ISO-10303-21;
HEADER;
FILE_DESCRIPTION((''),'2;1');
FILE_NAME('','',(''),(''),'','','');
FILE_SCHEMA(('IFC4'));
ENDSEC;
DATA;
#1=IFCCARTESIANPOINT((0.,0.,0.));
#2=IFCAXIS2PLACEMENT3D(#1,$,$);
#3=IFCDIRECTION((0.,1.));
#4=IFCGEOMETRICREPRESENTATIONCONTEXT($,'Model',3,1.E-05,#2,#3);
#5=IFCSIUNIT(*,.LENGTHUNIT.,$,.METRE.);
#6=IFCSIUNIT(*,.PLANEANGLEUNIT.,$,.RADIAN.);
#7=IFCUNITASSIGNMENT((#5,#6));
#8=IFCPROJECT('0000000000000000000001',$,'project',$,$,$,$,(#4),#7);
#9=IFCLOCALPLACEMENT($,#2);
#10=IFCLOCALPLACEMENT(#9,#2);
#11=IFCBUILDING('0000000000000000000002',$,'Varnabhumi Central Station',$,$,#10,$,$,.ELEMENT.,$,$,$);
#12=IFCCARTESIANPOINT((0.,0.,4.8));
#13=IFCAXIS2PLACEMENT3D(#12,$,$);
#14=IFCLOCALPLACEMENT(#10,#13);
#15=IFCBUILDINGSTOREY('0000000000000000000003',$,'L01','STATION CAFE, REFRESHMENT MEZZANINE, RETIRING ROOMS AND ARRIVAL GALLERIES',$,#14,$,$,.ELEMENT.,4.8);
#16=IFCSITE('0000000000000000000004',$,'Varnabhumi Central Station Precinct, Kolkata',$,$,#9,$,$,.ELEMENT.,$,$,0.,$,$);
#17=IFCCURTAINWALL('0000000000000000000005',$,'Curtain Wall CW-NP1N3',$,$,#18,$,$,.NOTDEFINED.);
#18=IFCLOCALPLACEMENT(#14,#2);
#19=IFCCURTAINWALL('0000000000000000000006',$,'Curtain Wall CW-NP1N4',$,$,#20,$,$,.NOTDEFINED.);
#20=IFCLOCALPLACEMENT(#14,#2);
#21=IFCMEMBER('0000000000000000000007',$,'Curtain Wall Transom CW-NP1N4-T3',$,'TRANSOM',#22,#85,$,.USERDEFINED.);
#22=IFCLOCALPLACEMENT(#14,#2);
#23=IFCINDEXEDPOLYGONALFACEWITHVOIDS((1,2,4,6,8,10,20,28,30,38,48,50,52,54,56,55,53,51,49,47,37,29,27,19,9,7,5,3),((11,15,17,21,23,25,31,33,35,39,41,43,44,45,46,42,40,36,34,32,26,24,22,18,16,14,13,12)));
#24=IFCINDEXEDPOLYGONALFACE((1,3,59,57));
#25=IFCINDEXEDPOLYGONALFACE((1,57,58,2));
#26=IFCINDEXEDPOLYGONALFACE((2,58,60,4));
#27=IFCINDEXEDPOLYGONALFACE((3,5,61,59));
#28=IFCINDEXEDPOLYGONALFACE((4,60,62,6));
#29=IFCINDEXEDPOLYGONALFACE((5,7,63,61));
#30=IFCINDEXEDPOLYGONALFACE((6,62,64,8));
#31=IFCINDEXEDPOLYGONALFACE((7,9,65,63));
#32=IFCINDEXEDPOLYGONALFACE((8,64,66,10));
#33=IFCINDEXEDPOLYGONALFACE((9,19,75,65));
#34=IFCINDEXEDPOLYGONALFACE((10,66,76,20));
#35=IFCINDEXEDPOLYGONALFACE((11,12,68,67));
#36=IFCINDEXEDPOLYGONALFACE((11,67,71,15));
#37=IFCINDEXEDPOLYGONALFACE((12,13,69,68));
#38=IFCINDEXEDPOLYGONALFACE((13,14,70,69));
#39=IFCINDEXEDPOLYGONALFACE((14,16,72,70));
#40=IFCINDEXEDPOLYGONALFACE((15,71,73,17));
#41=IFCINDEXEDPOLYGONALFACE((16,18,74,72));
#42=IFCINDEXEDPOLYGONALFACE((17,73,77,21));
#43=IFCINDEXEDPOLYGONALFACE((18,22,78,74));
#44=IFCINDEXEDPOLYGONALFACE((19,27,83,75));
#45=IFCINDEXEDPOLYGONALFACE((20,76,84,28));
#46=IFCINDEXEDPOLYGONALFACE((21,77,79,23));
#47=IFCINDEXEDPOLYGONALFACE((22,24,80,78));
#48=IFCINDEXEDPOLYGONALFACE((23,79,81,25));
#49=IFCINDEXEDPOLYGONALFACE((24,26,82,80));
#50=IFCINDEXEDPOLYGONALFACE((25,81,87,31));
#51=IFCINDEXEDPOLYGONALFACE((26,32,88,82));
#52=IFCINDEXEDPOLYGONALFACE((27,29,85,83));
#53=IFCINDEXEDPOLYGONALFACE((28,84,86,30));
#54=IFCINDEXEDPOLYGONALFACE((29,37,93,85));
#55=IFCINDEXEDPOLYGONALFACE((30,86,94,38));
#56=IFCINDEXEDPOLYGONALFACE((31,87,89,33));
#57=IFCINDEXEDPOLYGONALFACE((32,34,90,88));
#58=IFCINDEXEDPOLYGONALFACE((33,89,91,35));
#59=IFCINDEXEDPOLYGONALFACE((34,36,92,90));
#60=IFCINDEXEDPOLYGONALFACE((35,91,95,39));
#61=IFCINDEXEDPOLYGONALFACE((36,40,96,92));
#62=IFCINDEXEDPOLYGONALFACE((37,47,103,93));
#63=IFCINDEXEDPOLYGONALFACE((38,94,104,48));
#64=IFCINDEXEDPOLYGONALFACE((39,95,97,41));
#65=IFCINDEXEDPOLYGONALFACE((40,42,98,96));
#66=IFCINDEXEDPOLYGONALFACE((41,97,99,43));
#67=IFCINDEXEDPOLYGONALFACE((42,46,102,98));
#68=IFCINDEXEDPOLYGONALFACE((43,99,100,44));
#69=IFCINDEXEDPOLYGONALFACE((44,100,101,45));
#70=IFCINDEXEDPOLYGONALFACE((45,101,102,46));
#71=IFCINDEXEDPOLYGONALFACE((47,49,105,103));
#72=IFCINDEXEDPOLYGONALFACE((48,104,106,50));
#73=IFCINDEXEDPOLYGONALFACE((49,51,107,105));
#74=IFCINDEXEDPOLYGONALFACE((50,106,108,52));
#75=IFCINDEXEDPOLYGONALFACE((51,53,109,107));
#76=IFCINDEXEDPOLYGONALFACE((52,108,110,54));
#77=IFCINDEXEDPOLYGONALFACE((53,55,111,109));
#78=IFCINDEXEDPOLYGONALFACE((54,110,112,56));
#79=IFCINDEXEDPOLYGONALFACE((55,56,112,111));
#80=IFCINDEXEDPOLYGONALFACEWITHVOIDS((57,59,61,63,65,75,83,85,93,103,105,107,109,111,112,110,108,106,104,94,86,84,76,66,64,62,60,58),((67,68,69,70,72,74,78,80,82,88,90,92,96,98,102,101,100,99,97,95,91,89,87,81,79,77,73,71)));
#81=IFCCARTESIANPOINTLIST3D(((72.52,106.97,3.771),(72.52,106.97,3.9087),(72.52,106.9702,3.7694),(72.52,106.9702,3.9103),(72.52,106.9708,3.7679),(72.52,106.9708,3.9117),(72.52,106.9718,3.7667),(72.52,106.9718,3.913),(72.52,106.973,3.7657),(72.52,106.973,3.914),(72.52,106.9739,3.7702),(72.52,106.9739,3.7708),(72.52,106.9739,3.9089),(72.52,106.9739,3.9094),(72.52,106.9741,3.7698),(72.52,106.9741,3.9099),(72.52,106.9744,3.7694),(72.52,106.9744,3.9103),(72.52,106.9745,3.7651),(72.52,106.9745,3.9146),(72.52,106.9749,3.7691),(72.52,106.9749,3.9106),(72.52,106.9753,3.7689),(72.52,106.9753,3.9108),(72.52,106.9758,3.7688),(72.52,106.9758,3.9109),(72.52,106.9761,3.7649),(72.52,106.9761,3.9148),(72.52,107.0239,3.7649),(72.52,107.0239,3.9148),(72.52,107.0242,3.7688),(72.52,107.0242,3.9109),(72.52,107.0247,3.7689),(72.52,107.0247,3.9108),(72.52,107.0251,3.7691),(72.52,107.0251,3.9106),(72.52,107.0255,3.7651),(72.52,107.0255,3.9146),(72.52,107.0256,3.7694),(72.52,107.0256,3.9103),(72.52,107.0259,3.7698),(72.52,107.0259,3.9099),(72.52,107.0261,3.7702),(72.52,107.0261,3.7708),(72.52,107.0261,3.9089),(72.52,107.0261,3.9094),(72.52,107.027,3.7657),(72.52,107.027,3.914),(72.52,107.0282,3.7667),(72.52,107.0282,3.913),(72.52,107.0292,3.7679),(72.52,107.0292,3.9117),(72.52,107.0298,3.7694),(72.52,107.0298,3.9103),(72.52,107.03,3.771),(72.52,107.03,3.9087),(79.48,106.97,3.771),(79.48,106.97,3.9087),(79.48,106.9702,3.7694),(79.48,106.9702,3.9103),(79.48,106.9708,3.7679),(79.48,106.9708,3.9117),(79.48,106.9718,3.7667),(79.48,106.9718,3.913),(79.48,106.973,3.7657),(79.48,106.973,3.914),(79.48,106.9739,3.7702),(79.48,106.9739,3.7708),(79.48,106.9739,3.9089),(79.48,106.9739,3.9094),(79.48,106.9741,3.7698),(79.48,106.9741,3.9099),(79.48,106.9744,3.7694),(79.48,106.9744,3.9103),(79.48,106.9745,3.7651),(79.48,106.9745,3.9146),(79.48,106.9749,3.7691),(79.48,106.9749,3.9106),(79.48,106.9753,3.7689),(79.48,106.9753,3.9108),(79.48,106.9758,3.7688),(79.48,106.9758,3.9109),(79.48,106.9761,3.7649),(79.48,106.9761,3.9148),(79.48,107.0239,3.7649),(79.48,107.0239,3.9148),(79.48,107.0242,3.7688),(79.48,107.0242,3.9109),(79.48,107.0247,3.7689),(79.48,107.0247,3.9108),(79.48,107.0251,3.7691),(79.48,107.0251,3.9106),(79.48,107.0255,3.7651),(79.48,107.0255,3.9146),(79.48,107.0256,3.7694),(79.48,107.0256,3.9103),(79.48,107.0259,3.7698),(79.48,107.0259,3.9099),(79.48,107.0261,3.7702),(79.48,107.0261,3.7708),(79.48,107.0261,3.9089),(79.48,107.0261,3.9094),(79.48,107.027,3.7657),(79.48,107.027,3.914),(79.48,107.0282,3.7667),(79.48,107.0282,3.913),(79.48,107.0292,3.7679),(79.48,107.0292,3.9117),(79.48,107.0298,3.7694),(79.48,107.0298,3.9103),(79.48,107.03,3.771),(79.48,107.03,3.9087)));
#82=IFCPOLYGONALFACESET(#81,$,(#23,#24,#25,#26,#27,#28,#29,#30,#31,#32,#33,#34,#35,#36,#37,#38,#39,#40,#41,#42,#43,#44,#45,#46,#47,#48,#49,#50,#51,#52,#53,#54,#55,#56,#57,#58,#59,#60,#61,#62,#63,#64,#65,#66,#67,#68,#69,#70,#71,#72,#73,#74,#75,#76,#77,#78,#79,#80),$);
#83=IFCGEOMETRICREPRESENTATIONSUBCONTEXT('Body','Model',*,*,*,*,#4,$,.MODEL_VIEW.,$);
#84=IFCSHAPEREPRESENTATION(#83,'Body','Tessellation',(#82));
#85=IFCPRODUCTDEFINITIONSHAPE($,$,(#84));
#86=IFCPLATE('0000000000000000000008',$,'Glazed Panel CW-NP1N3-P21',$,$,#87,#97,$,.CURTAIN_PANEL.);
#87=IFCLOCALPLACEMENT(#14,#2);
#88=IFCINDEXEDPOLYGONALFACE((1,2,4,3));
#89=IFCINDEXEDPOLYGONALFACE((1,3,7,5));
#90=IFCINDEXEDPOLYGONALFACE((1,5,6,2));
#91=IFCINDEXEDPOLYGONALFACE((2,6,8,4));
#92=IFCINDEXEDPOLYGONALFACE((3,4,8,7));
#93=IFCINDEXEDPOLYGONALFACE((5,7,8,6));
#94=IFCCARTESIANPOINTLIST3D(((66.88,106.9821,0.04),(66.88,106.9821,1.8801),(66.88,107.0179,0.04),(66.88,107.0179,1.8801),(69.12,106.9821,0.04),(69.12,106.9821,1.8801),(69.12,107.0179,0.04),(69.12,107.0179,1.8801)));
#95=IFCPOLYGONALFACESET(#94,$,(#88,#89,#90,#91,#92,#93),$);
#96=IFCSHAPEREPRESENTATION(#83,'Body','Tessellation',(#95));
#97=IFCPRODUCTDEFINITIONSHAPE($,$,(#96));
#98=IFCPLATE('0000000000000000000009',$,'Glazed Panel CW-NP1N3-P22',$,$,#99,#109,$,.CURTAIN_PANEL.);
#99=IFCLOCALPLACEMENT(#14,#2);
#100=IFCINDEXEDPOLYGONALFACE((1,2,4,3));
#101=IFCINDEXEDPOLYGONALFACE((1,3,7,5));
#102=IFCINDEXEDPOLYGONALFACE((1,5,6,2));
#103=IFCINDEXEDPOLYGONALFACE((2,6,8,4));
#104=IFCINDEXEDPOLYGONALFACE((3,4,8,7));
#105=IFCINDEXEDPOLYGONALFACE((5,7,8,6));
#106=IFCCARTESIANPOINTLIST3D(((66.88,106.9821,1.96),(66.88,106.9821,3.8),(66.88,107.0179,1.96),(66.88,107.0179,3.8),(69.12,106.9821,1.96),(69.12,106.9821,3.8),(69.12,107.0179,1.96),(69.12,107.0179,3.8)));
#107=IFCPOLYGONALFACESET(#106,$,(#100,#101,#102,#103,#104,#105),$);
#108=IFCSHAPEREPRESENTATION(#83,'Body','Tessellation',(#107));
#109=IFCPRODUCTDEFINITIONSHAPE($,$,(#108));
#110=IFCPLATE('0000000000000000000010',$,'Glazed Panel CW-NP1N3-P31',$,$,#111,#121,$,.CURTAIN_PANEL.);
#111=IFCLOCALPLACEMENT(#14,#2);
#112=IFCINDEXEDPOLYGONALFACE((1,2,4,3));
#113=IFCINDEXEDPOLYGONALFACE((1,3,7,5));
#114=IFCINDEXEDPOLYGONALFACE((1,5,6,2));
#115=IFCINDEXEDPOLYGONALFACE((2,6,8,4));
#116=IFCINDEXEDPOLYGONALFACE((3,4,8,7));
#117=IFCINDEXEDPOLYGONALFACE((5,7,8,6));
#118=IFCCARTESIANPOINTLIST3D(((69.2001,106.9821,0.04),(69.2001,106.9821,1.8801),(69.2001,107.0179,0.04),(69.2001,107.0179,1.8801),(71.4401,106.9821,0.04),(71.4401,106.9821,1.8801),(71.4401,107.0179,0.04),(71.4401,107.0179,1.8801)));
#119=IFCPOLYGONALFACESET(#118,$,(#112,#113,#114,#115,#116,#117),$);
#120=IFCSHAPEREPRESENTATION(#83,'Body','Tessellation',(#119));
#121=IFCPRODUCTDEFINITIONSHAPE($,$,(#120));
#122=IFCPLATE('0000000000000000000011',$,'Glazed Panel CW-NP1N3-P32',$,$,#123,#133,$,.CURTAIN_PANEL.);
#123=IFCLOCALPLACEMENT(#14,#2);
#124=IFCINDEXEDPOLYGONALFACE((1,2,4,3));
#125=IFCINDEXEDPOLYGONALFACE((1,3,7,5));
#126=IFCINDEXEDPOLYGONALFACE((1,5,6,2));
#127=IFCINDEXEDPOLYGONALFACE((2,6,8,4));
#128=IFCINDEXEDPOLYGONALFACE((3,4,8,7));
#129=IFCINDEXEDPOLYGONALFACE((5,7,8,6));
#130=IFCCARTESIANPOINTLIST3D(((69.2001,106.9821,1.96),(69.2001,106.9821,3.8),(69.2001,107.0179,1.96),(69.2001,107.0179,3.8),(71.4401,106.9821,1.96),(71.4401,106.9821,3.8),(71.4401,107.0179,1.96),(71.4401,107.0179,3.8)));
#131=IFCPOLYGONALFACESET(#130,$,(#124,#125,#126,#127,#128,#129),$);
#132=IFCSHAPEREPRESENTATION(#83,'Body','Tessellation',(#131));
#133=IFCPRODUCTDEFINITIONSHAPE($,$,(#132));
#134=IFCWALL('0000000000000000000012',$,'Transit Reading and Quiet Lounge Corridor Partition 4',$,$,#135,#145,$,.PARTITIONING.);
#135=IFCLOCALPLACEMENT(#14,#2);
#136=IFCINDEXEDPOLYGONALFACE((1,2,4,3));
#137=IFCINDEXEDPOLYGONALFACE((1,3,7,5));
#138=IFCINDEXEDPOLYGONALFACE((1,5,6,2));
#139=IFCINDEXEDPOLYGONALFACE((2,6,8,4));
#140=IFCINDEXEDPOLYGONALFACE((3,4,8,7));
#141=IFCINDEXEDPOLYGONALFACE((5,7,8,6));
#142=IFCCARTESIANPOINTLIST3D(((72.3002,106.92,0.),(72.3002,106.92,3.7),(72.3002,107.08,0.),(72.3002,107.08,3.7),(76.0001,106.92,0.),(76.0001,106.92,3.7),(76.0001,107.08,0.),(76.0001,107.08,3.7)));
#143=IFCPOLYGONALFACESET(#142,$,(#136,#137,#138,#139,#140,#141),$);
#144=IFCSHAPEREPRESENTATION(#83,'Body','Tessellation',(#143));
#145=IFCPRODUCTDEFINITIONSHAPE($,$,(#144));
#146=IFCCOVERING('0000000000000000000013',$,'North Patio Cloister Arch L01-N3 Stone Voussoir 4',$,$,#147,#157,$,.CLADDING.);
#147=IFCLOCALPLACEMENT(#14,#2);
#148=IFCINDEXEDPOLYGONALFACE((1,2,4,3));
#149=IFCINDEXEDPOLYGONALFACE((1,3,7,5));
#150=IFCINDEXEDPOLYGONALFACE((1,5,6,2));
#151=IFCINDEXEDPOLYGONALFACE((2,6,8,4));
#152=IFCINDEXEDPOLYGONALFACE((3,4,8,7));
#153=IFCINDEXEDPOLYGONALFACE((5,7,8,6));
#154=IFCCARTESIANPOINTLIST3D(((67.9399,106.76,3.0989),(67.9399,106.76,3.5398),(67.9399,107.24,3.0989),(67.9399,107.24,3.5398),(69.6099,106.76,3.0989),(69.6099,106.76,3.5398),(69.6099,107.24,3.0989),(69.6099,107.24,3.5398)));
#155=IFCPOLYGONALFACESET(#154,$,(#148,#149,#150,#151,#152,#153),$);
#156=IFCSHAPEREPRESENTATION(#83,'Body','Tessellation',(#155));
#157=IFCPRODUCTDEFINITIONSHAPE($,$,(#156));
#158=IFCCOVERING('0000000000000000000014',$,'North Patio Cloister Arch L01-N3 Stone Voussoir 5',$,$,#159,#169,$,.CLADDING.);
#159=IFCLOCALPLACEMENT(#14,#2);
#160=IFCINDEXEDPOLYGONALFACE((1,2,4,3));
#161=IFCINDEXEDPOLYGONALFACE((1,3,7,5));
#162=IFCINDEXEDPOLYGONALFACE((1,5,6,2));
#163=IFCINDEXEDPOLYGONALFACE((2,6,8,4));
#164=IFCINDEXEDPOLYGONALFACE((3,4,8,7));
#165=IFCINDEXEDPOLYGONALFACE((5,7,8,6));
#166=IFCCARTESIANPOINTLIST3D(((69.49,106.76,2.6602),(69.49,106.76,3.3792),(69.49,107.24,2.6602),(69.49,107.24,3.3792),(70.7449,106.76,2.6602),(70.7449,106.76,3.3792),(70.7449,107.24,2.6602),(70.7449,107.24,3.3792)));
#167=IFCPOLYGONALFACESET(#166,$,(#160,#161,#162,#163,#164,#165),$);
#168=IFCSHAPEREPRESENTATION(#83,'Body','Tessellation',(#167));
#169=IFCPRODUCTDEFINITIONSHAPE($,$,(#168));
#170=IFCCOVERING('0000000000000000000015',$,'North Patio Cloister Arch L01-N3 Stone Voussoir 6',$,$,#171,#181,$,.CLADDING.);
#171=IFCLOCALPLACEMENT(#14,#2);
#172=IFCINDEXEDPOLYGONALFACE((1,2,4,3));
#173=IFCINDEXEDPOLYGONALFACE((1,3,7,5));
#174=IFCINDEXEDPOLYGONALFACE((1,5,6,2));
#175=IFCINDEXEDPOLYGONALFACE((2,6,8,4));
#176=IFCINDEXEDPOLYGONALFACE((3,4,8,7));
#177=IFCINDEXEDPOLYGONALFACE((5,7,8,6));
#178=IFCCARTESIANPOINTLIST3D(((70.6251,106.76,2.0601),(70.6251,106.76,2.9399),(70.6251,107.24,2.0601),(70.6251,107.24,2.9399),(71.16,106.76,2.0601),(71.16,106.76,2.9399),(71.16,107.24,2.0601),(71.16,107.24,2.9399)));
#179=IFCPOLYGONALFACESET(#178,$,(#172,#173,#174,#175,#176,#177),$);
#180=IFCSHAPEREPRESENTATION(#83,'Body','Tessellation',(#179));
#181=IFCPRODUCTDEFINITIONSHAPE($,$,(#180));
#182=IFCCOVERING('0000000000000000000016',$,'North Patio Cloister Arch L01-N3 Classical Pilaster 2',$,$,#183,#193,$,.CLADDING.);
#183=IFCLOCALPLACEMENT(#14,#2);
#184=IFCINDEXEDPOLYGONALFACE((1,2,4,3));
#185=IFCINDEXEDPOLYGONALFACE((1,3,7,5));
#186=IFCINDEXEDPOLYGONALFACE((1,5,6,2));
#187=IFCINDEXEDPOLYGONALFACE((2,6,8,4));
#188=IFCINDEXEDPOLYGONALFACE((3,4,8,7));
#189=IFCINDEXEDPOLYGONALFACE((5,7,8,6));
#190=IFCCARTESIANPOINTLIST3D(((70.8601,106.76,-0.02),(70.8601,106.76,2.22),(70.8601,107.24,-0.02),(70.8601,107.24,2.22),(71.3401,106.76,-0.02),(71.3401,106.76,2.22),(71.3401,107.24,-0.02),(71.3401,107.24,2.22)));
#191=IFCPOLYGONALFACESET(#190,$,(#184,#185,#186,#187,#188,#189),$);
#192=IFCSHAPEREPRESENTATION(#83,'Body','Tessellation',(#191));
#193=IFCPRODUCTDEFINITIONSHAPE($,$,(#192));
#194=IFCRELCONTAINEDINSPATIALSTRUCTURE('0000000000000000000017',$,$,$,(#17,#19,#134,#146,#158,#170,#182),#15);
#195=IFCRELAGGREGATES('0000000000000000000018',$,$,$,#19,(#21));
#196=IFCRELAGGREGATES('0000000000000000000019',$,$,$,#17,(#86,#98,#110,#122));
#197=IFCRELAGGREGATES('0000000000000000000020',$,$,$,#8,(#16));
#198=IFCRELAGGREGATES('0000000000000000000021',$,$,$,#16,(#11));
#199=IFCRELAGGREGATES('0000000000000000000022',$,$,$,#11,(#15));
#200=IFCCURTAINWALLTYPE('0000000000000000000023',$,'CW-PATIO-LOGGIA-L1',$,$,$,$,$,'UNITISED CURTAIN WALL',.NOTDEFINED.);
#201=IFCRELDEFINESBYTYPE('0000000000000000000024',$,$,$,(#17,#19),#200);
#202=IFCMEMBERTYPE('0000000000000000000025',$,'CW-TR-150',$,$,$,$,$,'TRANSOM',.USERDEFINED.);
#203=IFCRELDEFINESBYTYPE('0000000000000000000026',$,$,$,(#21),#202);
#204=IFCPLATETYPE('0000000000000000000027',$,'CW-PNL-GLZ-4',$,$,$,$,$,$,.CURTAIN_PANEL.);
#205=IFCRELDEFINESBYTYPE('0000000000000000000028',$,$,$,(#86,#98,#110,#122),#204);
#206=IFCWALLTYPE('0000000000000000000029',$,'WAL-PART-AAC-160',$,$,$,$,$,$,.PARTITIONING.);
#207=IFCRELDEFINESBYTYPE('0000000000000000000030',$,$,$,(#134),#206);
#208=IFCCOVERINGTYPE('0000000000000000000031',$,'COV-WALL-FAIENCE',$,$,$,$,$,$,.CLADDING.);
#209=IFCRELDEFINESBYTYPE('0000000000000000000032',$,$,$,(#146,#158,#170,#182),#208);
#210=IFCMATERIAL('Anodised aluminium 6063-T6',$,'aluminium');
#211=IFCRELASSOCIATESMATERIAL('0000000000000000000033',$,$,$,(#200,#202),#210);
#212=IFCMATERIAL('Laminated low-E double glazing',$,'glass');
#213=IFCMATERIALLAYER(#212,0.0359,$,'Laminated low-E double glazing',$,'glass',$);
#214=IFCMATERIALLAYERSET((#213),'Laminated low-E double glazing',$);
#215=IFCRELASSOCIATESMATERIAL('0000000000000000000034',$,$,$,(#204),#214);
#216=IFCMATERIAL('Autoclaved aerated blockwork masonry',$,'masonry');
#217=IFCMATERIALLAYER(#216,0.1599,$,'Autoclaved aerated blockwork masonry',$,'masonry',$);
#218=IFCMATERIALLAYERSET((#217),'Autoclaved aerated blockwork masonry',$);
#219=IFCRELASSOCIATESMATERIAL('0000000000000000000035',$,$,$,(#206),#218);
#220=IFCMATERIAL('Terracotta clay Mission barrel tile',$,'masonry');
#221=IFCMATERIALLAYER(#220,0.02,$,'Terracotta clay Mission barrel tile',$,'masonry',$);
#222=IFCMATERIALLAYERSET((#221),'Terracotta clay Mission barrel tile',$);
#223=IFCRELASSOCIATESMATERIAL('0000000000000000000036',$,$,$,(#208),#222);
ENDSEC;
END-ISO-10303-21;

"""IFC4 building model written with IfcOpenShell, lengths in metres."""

from ifc_helpers import new_model, si_unit, direction, frame, frame_2d, origin, origin_2d, place, context, subcontext, project, spatial, rectangle, hollow_rectangle, extrude, material, layer, layer_set, material_profile, profile_set, type_object, element, aggregate, save


model = new_model("IFC4")

# Units and contexts
model_context = context("Model", 3, precision=1e-05, world=origin(), true_north=direction((0.0, 1.0)))
body_context = subcontext(model_context, "Body", "Model", "MODEL_VIEW")
ifc_project = project(units=[si_unit("LENGTHUNIT", "METRE"), si_unit("PLANEANGLEUNIT", "RADIAN")], contexts=[model_context])

# Site, building, storey
site_placement = place(None, origin())
site = spatial("IfcSite", under=ifc_project, at=site_placement, Name="Varnabhumi Central Station Precinct, Kolkata", CompositionType="ELEMENT", RefElevation=0.0)
building_placement = place(site_placement, origin())
building = spatial("IfcBuilding", under=site, at=building_placement, Name="Varnabhumi Central Station", CompositionType="ELEMENT")
storey_placement = place(building_placement, frame((0.0, 0.0, 4.8)))
storey = spatial("IfcBuildingStorey", under=building, at=storey_placement, Name="L01", Description="STATION CAFE, REFRESHMENT MEZZANINE, RETIRING ROOMS AND ARRIVAL GALLERIES", CompositionType="ELEMENT", Elevation=4.8)

# Curtain walls, member
ifc_material_1 = material(Name="Anodised aluminium 6063-T6", Category="aluminium")
curtain_wall_type = type_object("IfcCurtainWallType", Name="CW-PATIO-LOGGIA-L1", ElementType="UNITISED CURTAIN WALL", PredefinedType="NOTDEFINED", material=ifc_material_1)
curtain_wall_1_placement = place(storey_placement, origin())
curtain_wall_1 = element("IfcCurtainWall", 1, at=curtain_wall_1_placement, inside=storey, type_object=curtain_wall_type, Name="Curtain Wall CW-NP1N3", PredefinedType="NOTDEFINED")
curtain_wall_2_placement = place(storey_placement, origin())
curtain_wall_2 = element("IfcCurtainWall", 2, at=curtain_wall_2_placement, inside=storey, type_object=curtain_wall_type, Name="Curtain Wall CW-NP1N4", PredefinedType="NOTDEFINED")
ifc_material_profile_1 = material_profile(ifc_material_1, hollow_rectangle(XDim=0.0601, YDim=0.1499, WallThickness=0.0039, InnerFilletRadius=0.002, OuterFilletRadius=0.0061, at=origin_2d()), Name="Anodised aluminium 6063-T6", Category="aluminium")
ifc_profile_set_1 = profile_set([ifc_material_profile_1], Name="Anodised aluminium 6063-T6")
member_type_1 = type_object("IfcMemberType", Name="CW-TR-150", ElementType="TRANSOM", PredefinedType="USERDEFINED", material=ifc_profile_set_1)
member_1_placement = place(storey_placement, frame((72.52, 107.0, 3.8398), z_axis=(1.0, 0.0, 0.0), x_axis=(0.0, 1.0, 0.0)))
member_1 = element("IfcMember", 3, at=member_1_placement, type_object=member_type_1, Name="Curtain Wall Transom CW-NP1N4-T3", ObjectType="TRANSOM", PredefinedType="USERDEFINED", context=body_context, shape_type="SweptSolid", body=[
    extrude(hollow_rectangle(XDim=0.0601, YDim=0.1499, WallThickness=0.0039, InnerFilletRadius=0.002, OuterFilletRadius=0.0061, at=origin_2d()), origin(), (0.0, 0.0, 1.0), 6.96),
])
aggregate(curtain_wall_2, [member_1])

# Plates
ifc_material_2 = material(Name="Laminated low-E double glazing", Category="glass")
ifc_layer_1 = layer(ifc_material_2, 0.0359, Name="Laminated low-E double glazing", Category="glass")
ifc_layer_set_1 = layer_set([ifc_layer_1], Name="Laminated low-E double glazing")
plate_type = type_object("IfcPlateType", Name="CW-PNL-GLZ-4", PredefinedType="CURTAIN_PANEL", material=ifc_layer_set_1)
plate_1_placement = place(storey_placement, frame((68.0, 107.0, 0.04), z_axis=(0.0, 0.0, 1.0), x_axis=(1.0, 0.0, 0.0)))
plate_1 = element("IfcPlate", 4, at=plate_1_placement, type_object=plate_type, Name="Glazed Panel CW-NP1N3-P21", PredefinedType="CURTAIN_PANEL", context=body_context, shape_type="SweptSolid", body=[
    extrude(rectangle(XDim=2.24, YDim=0.0359, at=origin_2d()), origin(), (0.0, 0.0, 1.0), 1.8401),
])
plate_2_placement = place(storey_placement, frame((68.0, 107.0, 1.96), z_axis=(0.0, 0.0, 1.0), x_axis=(1.0, 0.0, 0.0)))
plate_2 = element("IfcPlate", 5, at=plate_2_placement, type_object=plate_type, Name="Glazed Panel CW-NP1N3-P22", PredefinedType="CURTAIN_PANEL", context=body_context, shape_type="SweptSolid", body=[
    extrude(rectangle(XDim=2.24, YDim=0.0359, at=origin_2d()), origin(), (0.0, 0.0, 1.0), 1.8401),
])
plate_3_placement = place(storey_placement, frame((70.3201, 107.0, 0.04), z_axis=(0.0, 0.0, 1.0), x_axis=(1.0, 0.0, 0.0)))
plate_3 = element("IfcPlate", 6, at=plate_3_placement, type_object=plate_type, Name="Glazed Panel CW-NP1N3-P31", PredefinedType="CURTAIN_PANEL", context=body_context, shape_type="SweptSolid", body=[
    extrude(rectangle(XDim=2.24, YDim=0.0359, at=origin_2d()), origin(), (0.0, 0.0, 1.0), 1.8401),
])
plate_4_placement = place(storey_placement, frame((70.3201, 107.0, 1.96), z_axis=(0.0, 0.0, 1.0), x_axis=(1.0, 0.0, 0.0)))
plate_4 = element("IfcPlate", 7, at=plate_4_placement, type_object=plate_type, Name="Glazed Panel CW-NP1N3-P32", PredefinedType="CURTAIN_PANEL", context=body_context, shape_type="SweptSolid", body=[
    extrude(rectangle(XDim=2.24, YDim=0.0359, at=origin_2d()), origin(), (0.0, 0.0, 1.0), 1.8401),
])
aggregate(curtain_wall_1, [plate_1, plate_2, plate_3, plate_4])

# Wall
ifc_material_3 = material(Name="Autoclaved aerated blockwork masonry", Category="masonry")
ifc_layer_2 = layer(ifc_material_3, 0.1599, Name="Autoclaved aerated blockwork masonry", Category="masonry")
ifc_layer_set_2 = layer_set([ifc_layer_2], Name="Autoclaved aerated blockwork masonry")
wall_type = type_object("IfcWallType", Name="WAL-PART-AAC-160", PredefinedType="PARTITIONING", material=ifc_layer_set_2)
wall_placement = place(storey_placement, frame((72.3, 107.0, 0.0), z_axis=(0.0, 0.0, 1.0), x_axis=(1.0, 0.0, 0.0)))
element("IfcWall", 8, at=wall_placement, inside=storey, type_object=wall_type, Name="Transit Reading and Quiet Lounge Corridor Partition 4", PredefinedType="PARTITIONING", context=body_context, shape_type="SweptSolid", body=[
    extrude(rectangle(XDim=3.7, YDim=0.1599, at=frame_2d((1.8501, 0.0))), origin(), (0.0, 0.0, 1.0), 3.7),
])

# Coverings
ifc_material_4 = material(Name="Terracotta clay Mission barrel tile", Category="masonry")
ifc_layer_3 = layer(ifc_material_4, 0.02, Name="Terracotta clay Mission barrel tile", Category="masonry")
ifc_layer_set_3 = layer_set([ifc_layer_3], Name="Terracotta clay Mission barrel tile")
covering_type = type_object("IfcCoveringType", Name="COV-WALL-FAIENCE", PredefinedType="CLADDING", material=ifc_layer_set_3)
covering_1_placement = place(storey_placement, frame((68.7749, 107.0, 3.0989), z_axis=(0.0, 0.0, 1.0), x_axis=(1.0, 0.0, 0.0)))
element("IfcCovering", 9, at=covering_1_placement, inside=storey, type_object=covering_type, Name="North Patio Cloister Arch L01-N3 Stone Voussoir 4", PredefinedType="CLADDING", context=body_context, shape_type="SweptSolid", body=[
    extrude(rectangle(XDim=1.6699, YDim=0.48, at=origin_2d()), origin(), (0.0, 0.0, 1.0), 0.4409),
])
covering_2_placement = place(storey_placement, frame((70.1174, 107.0, 2.6602), z_axis=(0.0, 0.0, 1.0), x_axis=(1.0, 0.0, 0.0)))
element("IfcCovering", 10, at=covering_2_placement, inside=storey, type_object=covering_type, Name="North Patio Cloister Arch L01-N3 Stone Voussoir 5", PredefinedType="CLADDING", context=body_context, shape_type="SweptSolid", body=[
    extrude(rectangle(XDim=1.2549, YDim=0.48, at=origin_2d()), origin(), (0.0, 0.0, 1.0), 0.719),
])
covering_3_placement = place(storey_placement, frame((70.8926, 107.0, 2.0601), z_axis=(0.0, 0.0, 1.0), x_axis=(1.0, 0.0, 0.0)))
element("IfcCovering", 11, at=covering_3_placement, inside=storey, type_object=covering_type, Name="North Patio Cloister Arch L01-N3 Stone Voussoir 6", PredefinedType="CLADDING", context=body_context, shape_type="SweptSolid", body=[
    extrude(rectangle(XDim=0.5349, YDim=0.48, at=origin_2d()), origin(), (0.0, 0.0, 1.0), 0.8799),
])
covering_4_placement = place(storey_placement, frame((71.1001, 107.0, -0.02), z_axis=(0.0, 0.0, 1.0), x_axis=(1.0, 0.0, 0.0)))
element("IfcCovering", 12, at=covering_4_placement, inside=storey, type_object=covering_type, Name="North Patio Cloister Arch L01-N3 Classical Pilaster 2", PredefinedType="CLADDING", context=body_context, shape_type="SweptSolid", body=[
    extrude(rectangle(XDim=0.48, YDim=0.48, at=origin_2d()), origin(), (0.0, 0.0, 1.0), 2.24),
])

save(model, "model.ifc")
